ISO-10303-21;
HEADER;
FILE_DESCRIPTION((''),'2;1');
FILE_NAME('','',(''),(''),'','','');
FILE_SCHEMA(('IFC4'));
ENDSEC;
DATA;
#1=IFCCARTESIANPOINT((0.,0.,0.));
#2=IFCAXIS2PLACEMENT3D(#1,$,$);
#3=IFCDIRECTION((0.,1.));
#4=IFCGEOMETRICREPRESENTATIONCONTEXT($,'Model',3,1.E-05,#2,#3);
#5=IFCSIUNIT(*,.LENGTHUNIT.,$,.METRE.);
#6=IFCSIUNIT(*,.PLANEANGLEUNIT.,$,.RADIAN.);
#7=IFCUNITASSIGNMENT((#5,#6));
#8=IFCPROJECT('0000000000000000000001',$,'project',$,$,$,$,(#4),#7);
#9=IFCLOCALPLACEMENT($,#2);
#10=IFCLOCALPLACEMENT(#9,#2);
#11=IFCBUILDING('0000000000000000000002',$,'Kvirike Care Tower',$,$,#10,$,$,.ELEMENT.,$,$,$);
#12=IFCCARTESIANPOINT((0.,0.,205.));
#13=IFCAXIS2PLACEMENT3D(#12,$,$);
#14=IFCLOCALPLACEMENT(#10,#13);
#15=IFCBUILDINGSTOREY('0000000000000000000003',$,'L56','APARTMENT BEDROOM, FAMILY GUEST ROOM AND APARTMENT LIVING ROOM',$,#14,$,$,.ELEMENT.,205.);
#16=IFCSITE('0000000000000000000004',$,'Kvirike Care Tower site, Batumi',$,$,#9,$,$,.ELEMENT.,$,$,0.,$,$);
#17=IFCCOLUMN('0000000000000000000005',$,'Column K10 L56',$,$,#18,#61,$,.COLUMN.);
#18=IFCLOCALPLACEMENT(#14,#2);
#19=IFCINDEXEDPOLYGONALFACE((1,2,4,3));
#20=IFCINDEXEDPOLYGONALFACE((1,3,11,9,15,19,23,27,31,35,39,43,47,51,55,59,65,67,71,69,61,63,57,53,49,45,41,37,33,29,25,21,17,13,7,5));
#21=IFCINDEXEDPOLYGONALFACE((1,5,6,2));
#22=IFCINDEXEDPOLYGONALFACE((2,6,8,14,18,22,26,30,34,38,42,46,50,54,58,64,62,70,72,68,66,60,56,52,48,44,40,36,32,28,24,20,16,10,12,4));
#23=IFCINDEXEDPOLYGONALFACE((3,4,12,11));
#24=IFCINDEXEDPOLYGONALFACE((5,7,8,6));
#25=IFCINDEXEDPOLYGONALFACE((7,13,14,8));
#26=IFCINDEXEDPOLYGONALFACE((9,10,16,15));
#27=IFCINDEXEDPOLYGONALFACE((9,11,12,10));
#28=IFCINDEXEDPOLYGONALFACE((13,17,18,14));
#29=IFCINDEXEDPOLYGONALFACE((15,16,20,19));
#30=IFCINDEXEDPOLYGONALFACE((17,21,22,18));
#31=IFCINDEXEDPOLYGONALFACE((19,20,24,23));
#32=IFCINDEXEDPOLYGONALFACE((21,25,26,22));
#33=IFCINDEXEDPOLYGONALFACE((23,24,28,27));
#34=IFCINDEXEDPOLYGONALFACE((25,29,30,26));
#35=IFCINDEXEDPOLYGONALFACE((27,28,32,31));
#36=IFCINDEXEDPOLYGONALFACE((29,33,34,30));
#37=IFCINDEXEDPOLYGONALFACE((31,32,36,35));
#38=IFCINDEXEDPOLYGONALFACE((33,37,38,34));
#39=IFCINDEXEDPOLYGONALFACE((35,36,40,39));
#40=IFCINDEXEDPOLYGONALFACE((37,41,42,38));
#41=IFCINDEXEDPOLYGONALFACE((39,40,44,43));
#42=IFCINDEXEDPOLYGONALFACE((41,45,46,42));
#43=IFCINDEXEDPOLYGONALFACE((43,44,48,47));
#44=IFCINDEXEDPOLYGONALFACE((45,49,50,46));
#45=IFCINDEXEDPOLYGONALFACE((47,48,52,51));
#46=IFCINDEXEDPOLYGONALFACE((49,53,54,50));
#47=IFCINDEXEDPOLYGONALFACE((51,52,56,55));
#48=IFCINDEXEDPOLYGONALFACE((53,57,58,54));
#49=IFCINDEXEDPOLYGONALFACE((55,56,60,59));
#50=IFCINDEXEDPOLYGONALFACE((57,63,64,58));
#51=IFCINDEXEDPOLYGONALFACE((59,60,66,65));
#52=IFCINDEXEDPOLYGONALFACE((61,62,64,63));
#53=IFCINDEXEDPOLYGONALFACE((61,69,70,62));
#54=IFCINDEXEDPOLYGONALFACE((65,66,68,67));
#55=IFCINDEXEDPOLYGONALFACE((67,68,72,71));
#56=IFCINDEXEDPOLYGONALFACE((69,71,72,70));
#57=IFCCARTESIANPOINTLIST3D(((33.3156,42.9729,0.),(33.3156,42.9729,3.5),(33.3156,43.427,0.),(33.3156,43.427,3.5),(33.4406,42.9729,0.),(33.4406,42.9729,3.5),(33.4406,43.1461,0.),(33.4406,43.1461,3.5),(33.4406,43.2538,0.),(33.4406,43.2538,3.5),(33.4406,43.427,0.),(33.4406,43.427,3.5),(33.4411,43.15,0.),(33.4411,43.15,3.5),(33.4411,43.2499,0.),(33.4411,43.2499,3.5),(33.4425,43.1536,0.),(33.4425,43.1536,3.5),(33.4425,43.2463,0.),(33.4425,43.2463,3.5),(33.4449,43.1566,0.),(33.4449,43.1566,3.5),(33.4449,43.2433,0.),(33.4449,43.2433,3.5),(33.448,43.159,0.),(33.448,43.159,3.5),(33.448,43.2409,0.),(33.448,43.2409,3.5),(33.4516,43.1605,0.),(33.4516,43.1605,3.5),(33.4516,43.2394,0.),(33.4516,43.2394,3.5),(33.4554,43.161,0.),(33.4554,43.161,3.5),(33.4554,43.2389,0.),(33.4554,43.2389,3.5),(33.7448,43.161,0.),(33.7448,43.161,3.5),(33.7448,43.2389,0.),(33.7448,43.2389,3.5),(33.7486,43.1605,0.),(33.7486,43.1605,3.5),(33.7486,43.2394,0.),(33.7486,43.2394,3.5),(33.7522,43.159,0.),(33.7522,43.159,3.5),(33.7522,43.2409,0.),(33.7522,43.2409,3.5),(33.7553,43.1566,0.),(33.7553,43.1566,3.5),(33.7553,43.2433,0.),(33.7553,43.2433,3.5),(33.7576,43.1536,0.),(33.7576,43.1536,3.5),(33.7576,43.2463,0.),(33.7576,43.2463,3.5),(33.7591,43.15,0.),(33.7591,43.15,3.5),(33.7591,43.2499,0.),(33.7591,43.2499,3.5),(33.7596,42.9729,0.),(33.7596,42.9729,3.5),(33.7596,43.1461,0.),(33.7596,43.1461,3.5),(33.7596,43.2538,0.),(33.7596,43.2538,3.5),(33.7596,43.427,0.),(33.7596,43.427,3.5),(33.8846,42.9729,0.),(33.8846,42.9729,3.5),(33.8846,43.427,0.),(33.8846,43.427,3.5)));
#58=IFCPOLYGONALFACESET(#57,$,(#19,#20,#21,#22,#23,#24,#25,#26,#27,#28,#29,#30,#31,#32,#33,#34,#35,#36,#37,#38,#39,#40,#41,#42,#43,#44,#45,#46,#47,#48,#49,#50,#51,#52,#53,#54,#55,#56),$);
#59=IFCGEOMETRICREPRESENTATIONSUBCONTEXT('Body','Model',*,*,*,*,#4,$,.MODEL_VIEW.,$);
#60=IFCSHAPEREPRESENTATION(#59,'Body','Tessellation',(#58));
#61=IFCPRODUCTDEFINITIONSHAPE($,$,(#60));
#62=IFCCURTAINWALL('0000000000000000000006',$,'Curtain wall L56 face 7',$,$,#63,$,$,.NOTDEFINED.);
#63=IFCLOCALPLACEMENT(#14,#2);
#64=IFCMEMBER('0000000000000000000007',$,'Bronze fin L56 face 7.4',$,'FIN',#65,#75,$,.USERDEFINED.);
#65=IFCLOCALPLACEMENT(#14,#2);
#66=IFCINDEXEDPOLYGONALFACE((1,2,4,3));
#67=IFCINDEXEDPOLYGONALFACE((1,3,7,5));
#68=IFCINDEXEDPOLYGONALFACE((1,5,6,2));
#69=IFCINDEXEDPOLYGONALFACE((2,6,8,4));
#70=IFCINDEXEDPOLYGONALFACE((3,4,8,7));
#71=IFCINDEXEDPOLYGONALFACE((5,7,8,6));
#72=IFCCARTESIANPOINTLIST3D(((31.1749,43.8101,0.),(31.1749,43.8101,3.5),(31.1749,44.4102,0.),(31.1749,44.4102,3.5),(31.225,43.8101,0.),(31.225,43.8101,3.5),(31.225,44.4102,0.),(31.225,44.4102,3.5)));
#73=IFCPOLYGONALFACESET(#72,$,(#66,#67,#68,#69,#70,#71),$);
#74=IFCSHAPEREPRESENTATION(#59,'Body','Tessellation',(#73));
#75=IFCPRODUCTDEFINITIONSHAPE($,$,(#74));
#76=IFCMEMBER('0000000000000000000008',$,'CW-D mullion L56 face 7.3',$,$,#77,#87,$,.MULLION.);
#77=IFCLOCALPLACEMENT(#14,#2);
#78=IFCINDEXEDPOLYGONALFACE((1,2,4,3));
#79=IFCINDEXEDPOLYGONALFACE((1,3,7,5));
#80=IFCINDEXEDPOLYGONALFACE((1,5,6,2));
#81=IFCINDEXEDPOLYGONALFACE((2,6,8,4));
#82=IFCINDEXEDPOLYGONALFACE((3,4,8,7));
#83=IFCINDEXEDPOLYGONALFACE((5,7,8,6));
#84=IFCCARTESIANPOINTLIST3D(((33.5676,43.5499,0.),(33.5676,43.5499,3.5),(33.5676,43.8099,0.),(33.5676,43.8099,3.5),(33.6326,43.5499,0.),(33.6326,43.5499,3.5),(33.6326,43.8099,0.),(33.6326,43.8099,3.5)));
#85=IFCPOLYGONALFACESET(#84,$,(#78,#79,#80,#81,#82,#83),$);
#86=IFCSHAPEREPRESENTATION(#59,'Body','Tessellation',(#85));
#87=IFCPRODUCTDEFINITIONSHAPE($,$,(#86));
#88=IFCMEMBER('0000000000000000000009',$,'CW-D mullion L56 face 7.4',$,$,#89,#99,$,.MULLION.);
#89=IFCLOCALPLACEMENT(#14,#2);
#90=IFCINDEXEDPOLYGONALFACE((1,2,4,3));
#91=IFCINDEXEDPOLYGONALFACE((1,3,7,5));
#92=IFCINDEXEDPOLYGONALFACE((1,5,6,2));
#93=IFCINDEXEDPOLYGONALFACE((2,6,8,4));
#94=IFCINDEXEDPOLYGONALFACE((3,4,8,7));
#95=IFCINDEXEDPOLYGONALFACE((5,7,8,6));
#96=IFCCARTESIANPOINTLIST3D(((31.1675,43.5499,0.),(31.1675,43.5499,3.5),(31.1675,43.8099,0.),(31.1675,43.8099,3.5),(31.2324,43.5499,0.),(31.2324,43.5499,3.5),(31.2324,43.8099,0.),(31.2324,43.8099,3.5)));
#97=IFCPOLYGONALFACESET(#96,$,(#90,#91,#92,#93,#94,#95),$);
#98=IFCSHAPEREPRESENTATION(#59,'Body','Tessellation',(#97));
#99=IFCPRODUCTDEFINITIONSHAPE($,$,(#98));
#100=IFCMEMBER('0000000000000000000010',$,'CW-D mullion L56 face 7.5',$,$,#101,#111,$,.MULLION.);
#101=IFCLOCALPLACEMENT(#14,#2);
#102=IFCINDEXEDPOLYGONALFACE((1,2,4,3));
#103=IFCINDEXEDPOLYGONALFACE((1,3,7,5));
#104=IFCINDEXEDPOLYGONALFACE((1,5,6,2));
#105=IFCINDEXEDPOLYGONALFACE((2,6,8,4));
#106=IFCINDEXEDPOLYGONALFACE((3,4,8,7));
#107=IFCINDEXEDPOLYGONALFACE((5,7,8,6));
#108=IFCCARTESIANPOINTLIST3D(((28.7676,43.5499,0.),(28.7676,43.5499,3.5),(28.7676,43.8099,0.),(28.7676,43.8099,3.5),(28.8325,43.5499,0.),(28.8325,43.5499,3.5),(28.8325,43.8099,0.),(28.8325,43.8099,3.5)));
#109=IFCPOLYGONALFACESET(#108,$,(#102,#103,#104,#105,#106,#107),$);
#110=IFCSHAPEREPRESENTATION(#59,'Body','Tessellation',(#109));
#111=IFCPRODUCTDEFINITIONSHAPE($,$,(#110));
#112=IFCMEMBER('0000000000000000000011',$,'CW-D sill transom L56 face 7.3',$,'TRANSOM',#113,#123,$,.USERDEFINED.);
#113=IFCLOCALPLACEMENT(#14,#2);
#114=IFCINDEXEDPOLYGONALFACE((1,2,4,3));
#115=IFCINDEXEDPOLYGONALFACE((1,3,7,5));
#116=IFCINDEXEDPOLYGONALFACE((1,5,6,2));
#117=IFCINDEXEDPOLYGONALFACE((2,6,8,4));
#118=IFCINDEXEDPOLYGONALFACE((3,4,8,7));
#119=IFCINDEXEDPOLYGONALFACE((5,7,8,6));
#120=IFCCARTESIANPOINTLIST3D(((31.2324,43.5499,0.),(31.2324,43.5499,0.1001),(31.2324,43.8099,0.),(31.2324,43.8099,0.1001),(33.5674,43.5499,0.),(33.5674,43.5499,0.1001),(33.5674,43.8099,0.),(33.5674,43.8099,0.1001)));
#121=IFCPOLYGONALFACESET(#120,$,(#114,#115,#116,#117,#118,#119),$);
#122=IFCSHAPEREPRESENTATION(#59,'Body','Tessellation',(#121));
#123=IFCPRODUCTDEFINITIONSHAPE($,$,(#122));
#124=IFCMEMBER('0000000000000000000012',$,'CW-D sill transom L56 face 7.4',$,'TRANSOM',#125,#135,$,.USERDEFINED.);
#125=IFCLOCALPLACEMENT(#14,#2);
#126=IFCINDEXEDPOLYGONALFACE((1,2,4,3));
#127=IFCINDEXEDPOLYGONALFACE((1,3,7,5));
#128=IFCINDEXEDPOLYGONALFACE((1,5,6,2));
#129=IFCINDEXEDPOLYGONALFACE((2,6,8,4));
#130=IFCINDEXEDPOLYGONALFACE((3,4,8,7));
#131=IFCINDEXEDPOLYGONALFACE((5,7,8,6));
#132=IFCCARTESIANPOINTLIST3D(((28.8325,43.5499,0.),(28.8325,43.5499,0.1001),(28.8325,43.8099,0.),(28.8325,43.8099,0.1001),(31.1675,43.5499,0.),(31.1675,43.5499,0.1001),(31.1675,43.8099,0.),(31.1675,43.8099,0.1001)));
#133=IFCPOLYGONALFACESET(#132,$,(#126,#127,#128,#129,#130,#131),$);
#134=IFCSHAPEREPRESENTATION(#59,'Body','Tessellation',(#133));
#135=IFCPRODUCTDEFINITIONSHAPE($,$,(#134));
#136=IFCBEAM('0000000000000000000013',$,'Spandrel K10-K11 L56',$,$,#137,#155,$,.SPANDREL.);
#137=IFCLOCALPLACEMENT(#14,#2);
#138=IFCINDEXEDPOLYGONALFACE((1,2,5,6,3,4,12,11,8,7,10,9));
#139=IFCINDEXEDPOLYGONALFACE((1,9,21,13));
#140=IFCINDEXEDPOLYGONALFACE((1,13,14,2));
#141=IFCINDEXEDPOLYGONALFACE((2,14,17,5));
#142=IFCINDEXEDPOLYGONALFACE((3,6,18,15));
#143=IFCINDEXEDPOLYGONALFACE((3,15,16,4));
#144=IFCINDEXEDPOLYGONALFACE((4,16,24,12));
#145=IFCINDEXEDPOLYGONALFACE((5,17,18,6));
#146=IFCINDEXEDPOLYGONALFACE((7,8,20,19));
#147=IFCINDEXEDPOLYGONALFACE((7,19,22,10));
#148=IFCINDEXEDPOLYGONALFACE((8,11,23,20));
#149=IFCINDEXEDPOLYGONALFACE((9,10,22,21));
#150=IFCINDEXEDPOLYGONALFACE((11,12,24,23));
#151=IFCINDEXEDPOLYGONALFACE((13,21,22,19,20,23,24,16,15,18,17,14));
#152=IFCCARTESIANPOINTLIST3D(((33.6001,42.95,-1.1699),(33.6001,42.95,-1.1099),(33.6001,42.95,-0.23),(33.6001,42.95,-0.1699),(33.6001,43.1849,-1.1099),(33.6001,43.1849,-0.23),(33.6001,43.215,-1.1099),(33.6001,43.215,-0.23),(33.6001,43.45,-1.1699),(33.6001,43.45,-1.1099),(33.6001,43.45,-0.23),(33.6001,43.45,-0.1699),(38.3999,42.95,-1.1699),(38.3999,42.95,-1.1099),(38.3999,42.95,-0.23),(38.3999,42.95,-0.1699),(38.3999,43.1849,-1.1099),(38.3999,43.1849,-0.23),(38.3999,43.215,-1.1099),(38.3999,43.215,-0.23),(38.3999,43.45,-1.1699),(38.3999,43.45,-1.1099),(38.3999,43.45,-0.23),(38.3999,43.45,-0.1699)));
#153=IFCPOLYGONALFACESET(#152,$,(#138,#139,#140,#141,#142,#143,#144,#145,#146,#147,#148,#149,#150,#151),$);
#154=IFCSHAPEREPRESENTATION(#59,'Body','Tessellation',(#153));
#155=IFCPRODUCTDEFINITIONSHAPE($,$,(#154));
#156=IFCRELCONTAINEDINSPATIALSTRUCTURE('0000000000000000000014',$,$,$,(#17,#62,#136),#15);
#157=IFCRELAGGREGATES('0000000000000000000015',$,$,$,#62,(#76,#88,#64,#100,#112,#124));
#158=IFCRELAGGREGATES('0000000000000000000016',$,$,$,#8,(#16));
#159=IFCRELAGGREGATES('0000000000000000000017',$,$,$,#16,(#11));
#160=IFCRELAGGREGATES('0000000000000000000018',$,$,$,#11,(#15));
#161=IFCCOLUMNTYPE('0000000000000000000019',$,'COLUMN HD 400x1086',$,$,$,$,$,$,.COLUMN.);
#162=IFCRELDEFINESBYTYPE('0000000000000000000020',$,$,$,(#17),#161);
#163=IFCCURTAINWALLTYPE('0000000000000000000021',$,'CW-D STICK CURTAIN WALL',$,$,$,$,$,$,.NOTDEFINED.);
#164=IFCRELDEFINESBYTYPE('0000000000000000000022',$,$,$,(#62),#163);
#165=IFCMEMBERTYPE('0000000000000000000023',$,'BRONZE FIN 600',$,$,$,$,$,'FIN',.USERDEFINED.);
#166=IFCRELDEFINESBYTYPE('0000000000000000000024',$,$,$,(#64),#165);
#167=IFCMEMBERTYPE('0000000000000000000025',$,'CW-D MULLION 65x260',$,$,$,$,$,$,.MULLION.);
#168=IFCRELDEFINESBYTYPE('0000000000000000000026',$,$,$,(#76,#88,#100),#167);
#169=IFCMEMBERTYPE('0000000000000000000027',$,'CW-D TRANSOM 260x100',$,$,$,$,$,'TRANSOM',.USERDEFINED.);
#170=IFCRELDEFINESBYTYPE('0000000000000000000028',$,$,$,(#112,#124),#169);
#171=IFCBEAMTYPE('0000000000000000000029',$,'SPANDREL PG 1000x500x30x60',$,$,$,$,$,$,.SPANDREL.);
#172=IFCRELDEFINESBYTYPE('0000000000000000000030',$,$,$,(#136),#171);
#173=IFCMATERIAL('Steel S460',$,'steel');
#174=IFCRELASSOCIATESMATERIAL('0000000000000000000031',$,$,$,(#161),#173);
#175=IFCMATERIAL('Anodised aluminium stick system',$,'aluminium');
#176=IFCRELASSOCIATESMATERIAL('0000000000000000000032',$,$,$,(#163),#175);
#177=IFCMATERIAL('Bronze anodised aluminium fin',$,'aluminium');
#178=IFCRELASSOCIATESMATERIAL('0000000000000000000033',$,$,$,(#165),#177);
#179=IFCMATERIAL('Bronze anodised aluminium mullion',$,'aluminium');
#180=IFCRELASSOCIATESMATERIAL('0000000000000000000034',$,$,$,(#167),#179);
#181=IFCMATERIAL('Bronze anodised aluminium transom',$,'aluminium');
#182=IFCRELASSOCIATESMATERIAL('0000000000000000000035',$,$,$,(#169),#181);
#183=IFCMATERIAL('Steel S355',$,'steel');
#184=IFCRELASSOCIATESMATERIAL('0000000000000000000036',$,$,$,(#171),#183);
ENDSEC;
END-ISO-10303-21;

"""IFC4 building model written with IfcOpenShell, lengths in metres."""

from ifc_helpers import new_model, si_unit, direction, frame, origin, origin_2d, place, context, subcontext, project, spatial, rectangle, i_section, extrude, material, material_profile, profile_set, type_object, element, aggregate, save


model = new_model("IFC4")

# Units and contexts
model_context = context("Model", 3, precision=1e-05, world=origin(), true_north=direction((0.0, 1.0)))
body_context = subcontext(model_context, "Body", "Model", "MODEL_VIEW")
ifc_project = project(units=[si_unit("LENGTHUNIT", "METRE"), si_unit("PLANEANGLEUNIT", "RADIAN")], contexts=[model_context])

# Site, building, storey
site_placement = place(None, origin())
site = spatial("IfcSite", under=ifc_project, at=site_placement, Name="Kvirike Care Tower site, Batumi", CompositionType="ELEMENT", RefElevation=0.0)
building_placement = place(site_placement, origin())
building = spatial("IfcBuilding", under=site, at=building_placement, Name="Kvirike Care Tower", CompositionType="ELEMENT")
storey_placement = place(building_placement, frame((0.0, 0.0, 205.0)))
storey = spatial("IfcBuildingStorey", under=building, at=storey_placement, Name="L56", Description="APARTMENT BEDROOM, FAMILY GUEST ROOM AND APARTMENT LIVING ROOM", CompositionType="ELEMENT", Elevation=205.0)

# Column
ifc_material_1 = material(Name="Steel S460", Category="steel")
ifc_material_profile_1 = material_profile(ifc_material_1, i_section(OverallWidth=0.4541, OverallDepth=0.5691, WebThickness=0.0779, FlangeThickness=0.125, FilletRadius=0.0149, at=origin_2d()), Name="HD 400x1086")
ifc_profile_set_1 = profile_set([ifc_material_profile_1], Name="Steel S460")
column_type = type_object("IfcColumnType", Name="COLUMN HD 400x1086", PredefinedType="COLUMN", material=ifc_profile_set_1)
column_placement = place(storey_placement, frame((33.6001, 43.2, 0.0), z_axis=(0.0, 0.0, 1.0), x_axis=(0.0, 1.0, 0.0)))
element("IfcColumn", 1, at=column_placement, inside=storey, type_object=column_type, Name="Column K10 L56", PredefinedType="COLUMN", context=body_context, shape_type="SweptSolid", body=[
    extrude(i_section(OverallWidth=0.4541, OverallDepth=0.5691, WebThickness=0.0779, FlangeThickness=0.125, FilletRadius=0.0149, at=origin_2d()), origin(), (0.0, 0.0, 1.0), 3.5),
])

# Curtain wall, members
ifc_material_2 = material(Name="Anodised aluminium stick system", Category="aluminium")
curtain_wall_type = type_object("IfcCurtainWallType", Name="CW-D STICK CURTAIN WALL", PredefinedType="NOTDEFINED", material=ifc_material_2)
curtain_wall_placement = place(storey_placement, origin())
curtain_wall = element("IfcCurtainWall", 2, at=curtain_wall_placement, inside=storey, type_object=curtain_wall_type, Name="Curtain wall L56 face 7", PredefinedType="NOTDEFINED")
ifc_material_3 = material(Name="Bronze anodised aluminium fin", Category="aluminium")
ifc_material_profile_2 = material_profile(ifc_material_3, rectangle(XDim=0.05, YDim=0.6001, at=origin_2d()), Name="BRONZE FIN 600")
ifc_profile_set_2 = profile_set([ifc_material_profile_2], Name="Bronze anodised aluminium fin")
member_type_1 = type_object("IfcMemberType", Name="BRONZE FIN 600", ElementType="FIN", PredefinedType="USERDEFINED", material=ifc_profile_set_2)
member_1_placement = place(storey_placement, frame((31.2, 44.1101, 0.0), z_axis=(0.0, 0.0, 1.0), x_axis=(-1.0, 0.0, 0.0)))
member_1 = element("IfcMember", 3, at=member_1_placement, type_object=member_type_1, Name="Bronze fin L56 face 7.4", ObjectType="FIN", PredefinedType="USERDEFINED", context=body_context, shape_type="SweptSolid", body=[
    extrude(rectangle(XDim=0.05, YDim=0.6001, at=origin_2d()), origin(), (0.0, 0.0, 1.0), 3.5),
])
ifc_material_4 = material(Name="Bronze anodised aluminium mullion", Category="aluminium")
ifc_material_profile_3 = material_profile(ifc_material_4, rectangle(XDim=0.0649, YDim=0.26, at=origin_2d()), Name="CW-D MULLION 65x260")
ifc_profile_set_3 = profile_set([ifc_material_profile_3], Name="Bronze anodised aluminium mullion")
member_type_2 = type_object("IfcMemberType", Name="CW-D MULLION 65x260", PredefinedType="MULLION", material=ifc_profile_set_3)
member_2_placement = place(storey_placement, frame((33.6001, 43.6799, 0.0), z_axis=(0.0, 0.0, 1.0), x_axis=(-1.0, 0.0, 0.0)))
member_2 = element("IfcMember", 4, at=member_2_placement, type_object=member_type_2, Name="CW-D mullion L56 face 7.3", PredefinedType="MULLION", context=body_context, shape_type="SweptSolid", body=[
    extrude(rectangle(XDim=0.0649, YDim=0.26, at=origin_2d()), origin(), (0.0, 0.0, 1.0), 3.5),
])
member_3_placement = place(storey_placement, frame((31.2, 43.6799, 0.0), z_axis=(0.0, 0.0, 1.0), x_axis=(-1.0, 0.0, 0.0)))
member_3 = element("IfcMember", 5, at=member_3_placement, type_object=member_type_2, Name="CW-D mullion L56 face 7.4", PredefinedType="MULLION", context=body_context, shape_type="SweptSolid", body=[
    extrude(rectangle(XDim=0.0649, YDim=0.26, at=origin_2d()), origin(), (0.0, 0.0, 1.0), 3.5),
])
member_4_placement = place(storey_placement, frame((28.8, 43.6799, 0.0), z_axis=(0.0, 0.0, 1.0), x_axis=(-1.0, 0.0, 0.0)))
member_4 = element("IfcMember", 6, at=member_4_placement, type_object=member_type_2, Name="CW-D mullion L56 face 7.5", PredefinedType="MULLION", context=body_context, shape_type="SweptSolid", body=[
    extrude(rectangle(XDim=0.0649, YDim=0.26, at=origin_2d()), origin(), (0.0, 0.0, 1.0), 3.5),
])
ifc_material_5 = material(Name="Bronze anodised aluminium transom", Category="aluminium")
ifc_material_profile_4 = material_profile(ifc_material_5, rectangle(XDim=0.26, YDim=0.1001, at=origin_2d()), Name="CW-D TRANSOM 260x100")
ifc_profile_set_4 = profile_set([ifc_material_profile_4], Name="Bronze anodised aluminium transom")
member_type_3 = type_object("IfcMemberType", Name="CW-D TRANSOM 260x100", ElementType="TRANSOM", PredefinedType="USERDEFINED", material=ifc_profile_set_4)
member_5_placement = place(storey_placement, frame((33.5674, 43.6799, 0.05), z_axis=(-1.0, 0.0, 0.0), x_axis=(0.0, -1.0, 0.0)))
member_5 = element("IfcMember", 7, at=member_5_placement, type_object=member_type_3, Name="CW-D sill transom L56 face 7.3", ObjectType="TRANSOM", PredefinedType="USERDEFINED", context=body_context, shape_type="SweptSolid", body=[
    extrude(rectangle(XDim=0.26, YDim=0.1001, at=origin_2d()), origin(), (0.0, 0.0, 1.0), 2.335),
])
member_6_placement = place(storey_placement, frame((31.1675, 43.6799, 0.05), z_axis=(-1.0, 0.0, 0.0), x_axis=(0.0, -1.0, 0.0)))
member_6 = element("IfcMember", 8, at=member_6_placement, type_object=member_type_3, Name="CW-D sill transom L56 face 7.4", ObjectType="TRANSOM", PredefinedType="USERDEFINED", context=body_context, shape_type="SweptSolid", body=[
    extrude(rectangle(XDim=0.26, YDim=0.1001, at=origin_2d()), origin(), (0.0, 0.0, 1.0), 2.335),
])

# Beam
ifc_material_6 = material(Name="Steel S355", Category="steel")
ifc_material_profile_5 = material_profile(ifc_material_6, i_section(OverallWidth=0.5, OverallDepth=1.0, WebThickness=0.03, FlangeThickness=0.0601, at=origin_2d()), Name="PG 1000x500x30x60")
ifc_profile_set_5 = profile_set([ifc_material_profile_5], Name="Steel S355")
beam_type_1 = type_object("IfcBeamType", Name="SPANDREL PG 1000x500x30x60", PredefinedType="SPANDREL", material=ifc_profile_set_5)
beam_1_placement = place(storey_placement, frame((33.6001, 43.2, -0.6699), z_axis=(1.0, 0.0, 0.0), x_axis=(0.0, 1.0, 0.0)))
element("IfcBeam", 9, at=beam_1_placement, inside=storey, type_object=beam_type_1, Name="Spandrel K10-K11 L56", PredefinedType="SPANDREL", context=body_context, shape_type="SweptSolid", body=[
    extrude(i_section(OverallWidth=0.5, OverallDepth=1.0, WebThickness=0.03, FlangeThickness=0.0601, at=origin_2d()), origin(), (0.0, 0.0, 1.0), 4.7998),
])

aggregate(curtain_wall, [member_2, member_3, member_1, member_4, member_5, member_6])

save(model, "model.ifc")
